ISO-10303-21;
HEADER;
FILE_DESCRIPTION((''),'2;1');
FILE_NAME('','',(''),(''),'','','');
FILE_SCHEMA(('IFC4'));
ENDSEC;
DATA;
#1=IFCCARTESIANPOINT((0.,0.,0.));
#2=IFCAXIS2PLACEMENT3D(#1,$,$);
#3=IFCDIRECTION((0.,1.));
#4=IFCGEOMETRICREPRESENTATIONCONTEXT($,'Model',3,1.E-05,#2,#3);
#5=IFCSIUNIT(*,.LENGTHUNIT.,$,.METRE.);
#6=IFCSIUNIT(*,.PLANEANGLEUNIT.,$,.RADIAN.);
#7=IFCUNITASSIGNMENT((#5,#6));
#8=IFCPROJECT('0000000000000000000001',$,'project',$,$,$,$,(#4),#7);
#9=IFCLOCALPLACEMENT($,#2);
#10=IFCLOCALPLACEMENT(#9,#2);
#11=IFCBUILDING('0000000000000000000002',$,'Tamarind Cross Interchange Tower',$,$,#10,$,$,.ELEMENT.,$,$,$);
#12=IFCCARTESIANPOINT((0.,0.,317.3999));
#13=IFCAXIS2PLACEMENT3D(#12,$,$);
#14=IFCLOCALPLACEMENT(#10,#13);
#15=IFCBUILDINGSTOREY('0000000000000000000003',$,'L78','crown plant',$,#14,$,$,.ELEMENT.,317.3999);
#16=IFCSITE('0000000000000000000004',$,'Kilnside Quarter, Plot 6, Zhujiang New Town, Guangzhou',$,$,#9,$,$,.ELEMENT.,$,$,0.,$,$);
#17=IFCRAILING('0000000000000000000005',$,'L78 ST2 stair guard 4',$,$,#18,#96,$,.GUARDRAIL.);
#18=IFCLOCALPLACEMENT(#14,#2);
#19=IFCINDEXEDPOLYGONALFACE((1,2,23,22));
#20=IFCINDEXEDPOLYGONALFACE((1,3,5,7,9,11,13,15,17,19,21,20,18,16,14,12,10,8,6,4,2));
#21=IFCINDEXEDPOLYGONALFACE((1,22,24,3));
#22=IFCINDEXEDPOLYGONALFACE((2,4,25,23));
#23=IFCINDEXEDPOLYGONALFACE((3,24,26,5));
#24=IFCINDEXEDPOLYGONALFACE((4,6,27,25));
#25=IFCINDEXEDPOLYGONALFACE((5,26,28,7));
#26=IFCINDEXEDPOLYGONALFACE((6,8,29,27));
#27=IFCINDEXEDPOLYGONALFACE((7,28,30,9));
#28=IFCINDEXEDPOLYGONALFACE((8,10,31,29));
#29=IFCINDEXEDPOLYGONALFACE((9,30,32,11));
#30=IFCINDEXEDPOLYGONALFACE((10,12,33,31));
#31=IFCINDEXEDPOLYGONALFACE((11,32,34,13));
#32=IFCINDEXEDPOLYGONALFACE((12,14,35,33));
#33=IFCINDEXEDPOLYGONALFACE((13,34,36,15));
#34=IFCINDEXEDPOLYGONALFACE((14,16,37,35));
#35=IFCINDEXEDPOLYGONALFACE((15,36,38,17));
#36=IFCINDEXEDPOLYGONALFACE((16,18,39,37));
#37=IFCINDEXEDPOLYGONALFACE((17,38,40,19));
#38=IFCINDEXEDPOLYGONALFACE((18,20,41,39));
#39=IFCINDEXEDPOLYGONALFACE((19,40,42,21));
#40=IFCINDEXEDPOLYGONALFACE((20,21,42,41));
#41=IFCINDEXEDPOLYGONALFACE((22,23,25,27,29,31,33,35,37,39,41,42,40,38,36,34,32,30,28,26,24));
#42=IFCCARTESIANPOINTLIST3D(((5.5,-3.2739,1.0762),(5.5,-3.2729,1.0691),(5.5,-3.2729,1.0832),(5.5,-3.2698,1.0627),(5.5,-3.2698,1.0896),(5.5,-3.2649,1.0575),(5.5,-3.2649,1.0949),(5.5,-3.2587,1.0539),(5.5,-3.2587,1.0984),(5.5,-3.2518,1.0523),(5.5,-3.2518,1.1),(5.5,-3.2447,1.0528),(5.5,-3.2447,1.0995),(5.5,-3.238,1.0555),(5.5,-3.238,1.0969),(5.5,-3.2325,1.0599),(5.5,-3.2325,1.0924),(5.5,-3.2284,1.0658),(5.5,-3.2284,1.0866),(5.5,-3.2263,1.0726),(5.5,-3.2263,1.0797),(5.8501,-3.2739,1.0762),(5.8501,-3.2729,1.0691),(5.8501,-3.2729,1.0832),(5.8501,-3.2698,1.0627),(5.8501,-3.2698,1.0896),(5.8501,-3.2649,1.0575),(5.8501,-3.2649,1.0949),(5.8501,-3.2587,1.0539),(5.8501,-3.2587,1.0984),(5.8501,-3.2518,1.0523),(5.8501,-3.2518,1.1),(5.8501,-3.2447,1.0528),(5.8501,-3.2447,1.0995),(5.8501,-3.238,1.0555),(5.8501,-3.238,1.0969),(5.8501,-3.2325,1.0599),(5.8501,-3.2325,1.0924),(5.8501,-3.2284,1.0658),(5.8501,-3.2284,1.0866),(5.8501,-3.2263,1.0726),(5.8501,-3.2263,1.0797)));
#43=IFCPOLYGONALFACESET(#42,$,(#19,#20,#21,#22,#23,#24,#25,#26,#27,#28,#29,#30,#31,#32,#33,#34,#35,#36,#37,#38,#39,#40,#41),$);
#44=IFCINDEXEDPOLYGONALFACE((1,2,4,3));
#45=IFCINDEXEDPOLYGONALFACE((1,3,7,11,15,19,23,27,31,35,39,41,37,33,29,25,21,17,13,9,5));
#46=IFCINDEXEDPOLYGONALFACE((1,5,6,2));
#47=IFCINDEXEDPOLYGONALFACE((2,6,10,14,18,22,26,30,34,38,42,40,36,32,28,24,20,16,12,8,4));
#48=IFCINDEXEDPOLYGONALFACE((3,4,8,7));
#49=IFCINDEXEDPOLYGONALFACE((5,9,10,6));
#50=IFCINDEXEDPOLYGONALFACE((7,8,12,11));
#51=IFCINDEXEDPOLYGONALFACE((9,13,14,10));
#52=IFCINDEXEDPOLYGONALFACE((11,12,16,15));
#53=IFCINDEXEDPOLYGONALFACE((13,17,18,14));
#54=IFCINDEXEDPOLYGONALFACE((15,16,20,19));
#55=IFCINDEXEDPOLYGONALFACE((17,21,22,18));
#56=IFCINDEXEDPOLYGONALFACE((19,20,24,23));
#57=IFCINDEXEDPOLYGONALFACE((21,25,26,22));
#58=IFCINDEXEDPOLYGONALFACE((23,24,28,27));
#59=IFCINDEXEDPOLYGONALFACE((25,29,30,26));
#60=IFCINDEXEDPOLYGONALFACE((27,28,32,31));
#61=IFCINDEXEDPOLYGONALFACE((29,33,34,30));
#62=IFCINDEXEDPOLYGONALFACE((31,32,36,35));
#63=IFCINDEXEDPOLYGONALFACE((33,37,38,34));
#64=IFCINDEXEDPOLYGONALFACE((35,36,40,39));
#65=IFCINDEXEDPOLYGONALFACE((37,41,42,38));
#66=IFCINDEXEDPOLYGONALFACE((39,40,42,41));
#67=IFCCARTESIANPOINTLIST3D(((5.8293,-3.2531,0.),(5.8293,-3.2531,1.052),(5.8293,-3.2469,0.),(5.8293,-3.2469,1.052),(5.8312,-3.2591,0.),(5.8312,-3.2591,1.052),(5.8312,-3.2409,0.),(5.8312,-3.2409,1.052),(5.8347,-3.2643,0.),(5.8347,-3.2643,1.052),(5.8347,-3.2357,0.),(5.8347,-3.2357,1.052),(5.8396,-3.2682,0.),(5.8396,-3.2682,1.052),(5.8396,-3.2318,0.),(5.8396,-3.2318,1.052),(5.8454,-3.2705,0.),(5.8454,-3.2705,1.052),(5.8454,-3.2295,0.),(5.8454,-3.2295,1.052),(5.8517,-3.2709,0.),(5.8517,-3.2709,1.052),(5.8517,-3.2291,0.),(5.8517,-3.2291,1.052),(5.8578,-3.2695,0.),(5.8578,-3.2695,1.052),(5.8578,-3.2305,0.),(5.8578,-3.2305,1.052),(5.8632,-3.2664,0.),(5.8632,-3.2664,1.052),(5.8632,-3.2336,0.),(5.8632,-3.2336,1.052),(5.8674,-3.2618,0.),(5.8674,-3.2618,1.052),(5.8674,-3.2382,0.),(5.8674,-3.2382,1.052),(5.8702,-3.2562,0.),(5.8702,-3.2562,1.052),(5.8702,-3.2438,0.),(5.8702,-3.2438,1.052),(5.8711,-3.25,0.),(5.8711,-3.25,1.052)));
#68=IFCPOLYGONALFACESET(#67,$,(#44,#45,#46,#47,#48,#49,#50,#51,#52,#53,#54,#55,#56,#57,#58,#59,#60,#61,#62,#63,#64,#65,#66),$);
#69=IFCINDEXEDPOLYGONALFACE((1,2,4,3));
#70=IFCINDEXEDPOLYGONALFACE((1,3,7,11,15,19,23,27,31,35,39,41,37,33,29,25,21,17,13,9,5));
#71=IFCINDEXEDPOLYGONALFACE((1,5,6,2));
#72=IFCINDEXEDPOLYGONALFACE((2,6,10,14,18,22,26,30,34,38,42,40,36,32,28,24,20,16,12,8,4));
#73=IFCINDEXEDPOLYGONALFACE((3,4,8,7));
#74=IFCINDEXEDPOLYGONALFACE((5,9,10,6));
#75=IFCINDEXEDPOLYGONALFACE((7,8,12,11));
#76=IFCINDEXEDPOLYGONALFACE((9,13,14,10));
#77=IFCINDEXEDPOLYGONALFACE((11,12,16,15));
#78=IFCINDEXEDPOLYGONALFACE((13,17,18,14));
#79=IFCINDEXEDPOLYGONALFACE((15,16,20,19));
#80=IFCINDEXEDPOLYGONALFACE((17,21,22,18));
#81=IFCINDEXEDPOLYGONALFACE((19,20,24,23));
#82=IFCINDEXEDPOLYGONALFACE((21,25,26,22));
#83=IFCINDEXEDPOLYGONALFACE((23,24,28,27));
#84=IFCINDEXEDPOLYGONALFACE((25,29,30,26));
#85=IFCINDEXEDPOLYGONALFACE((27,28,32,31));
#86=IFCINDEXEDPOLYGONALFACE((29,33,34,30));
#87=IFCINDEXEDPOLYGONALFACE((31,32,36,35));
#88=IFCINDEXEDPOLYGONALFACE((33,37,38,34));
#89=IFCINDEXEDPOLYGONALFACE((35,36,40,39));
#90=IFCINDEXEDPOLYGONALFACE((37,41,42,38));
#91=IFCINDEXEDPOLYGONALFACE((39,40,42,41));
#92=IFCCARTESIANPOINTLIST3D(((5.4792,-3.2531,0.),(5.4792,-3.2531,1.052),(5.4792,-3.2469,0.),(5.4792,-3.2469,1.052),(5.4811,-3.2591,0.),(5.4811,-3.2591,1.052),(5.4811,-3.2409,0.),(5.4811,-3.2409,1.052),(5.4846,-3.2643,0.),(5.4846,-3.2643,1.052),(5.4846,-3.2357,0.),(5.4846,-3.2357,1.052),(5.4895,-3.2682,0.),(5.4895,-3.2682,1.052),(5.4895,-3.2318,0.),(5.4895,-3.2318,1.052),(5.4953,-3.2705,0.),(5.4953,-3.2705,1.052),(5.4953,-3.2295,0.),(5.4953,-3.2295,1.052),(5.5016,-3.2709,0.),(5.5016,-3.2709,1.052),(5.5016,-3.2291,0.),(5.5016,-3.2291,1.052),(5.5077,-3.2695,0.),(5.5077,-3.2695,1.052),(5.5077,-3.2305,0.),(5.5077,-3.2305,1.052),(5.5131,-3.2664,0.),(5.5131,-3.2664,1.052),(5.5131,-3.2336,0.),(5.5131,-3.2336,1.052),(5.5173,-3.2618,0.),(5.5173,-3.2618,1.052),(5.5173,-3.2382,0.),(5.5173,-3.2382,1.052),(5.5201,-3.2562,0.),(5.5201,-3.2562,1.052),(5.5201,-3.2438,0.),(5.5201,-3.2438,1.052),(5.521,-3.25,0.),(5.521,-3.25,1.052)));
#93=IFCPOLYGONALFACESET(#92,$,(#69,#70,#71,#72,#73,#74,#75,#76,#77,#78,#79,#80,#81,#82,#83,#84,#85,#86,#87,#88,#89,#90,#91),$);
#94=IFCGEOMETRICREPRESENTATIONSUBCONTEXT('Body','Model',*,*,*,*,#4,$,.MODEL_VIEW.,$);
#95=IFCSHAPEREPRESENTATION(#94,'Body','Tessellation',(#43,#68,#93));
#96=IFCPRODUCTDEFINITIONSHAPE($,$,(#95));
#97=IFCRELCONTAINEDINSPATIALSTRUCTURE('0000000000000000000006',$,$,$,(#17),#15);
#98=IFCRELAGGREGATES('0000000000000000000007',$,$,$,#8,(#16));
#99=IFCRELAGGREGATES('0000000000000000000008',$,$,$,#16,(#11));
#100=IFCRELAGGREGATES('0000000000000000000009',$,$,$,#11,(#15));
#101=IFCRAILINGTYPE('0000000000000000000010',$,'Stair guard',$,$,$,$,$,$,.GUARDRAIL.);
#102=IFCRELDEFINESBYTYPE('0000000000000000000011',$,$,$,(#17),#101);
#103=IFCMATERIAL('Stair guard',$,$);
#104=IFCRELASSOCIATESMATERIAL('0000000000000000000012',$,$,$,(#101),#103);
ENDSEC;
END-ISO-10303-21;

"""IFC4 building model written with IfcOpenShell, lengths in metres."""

from ifc_helpers import new_model, si_unit, direction, frame, origin, origin_2d, place, context, subcontext, project, spatial, circle, extrude, material, type_object, element, save


model = new_model("IFC4")

# Units and contexts
model_context = context("Model", 3, precision=1e-05, world=origin(), true_north=direction((0.0, 1.0)))
body_context = subcontext(model_context, "Body", "Model", "MODEL_VIEW")
ifc_project = project(units=[si_unit("LENGTHUNIT", "METRE"), si_unit("PLANEANGLEUNIT", "RADIAN")], contexts=[model_context])

# Site, building, storey
site_placement = place(None, origin())
site = spatial("IfcSite", under=ifc_project, at=site_placement, Name="Kilnside Quarter, Plot 6, Zhujiang New Town, Guangzhou", CompositionType="ELEMENT", RefElevation=0.0)
building_placement = place(site_placement, origin())
building = spatial("IfcBuilding", under=site, at=building_placement, Name="Tamarind Cross Interchange Tower", CompositionType="ELEMENT")
storey_placement = place(building_placement, frame((0.0, 0.0, 317.3999)))
storey = spatial("IfcBuildingStorey", under=building, at=storey_placement, Name="L78", Description="crown plant", CompositionType="ELEMENT", Elevation=317.3999)

# Railing
ifc_material_1 = material(Name="Stair guard")
railing_type_1 = type_object("IfcRailingType", Name="Stair guard", PredefinedType="GUARDRAIL", material=ifc_material_1)
railing_1_placement = place(storey_placement, frame((5.8501, -3.25, 0.0)))
element("IfcRailing", 1, at=railing_1_placement, inside=storey, type_object=railing_type_1, Name="L78 ST2 stair guard 4", PredefinedType="GUARDRAIL", context=body_context, shape_type="SweptSolid", body=[
    extrude(circle(Radius=0.0239, at=origin_2d()), frame((0.0, 0.0, 1.0762), z_axis=(-1.0, 0.0, 0.0), x_axis=(0.0, -1.0, 0.0)), (0.0, 0.0, 1.0), 0.3501),
    extrude(circle(Radius=0.021, at=origin_2d()), origin(), (0.0, 0.0, 1.0), 1.052),
    extrude(circle(Radius=0.021, at=origin_2d()), frame((-0.3501, 0.0, 0.0)), (0.0, 0.0, 1.0), 1.052),
])

save(model, "model.ifc")
